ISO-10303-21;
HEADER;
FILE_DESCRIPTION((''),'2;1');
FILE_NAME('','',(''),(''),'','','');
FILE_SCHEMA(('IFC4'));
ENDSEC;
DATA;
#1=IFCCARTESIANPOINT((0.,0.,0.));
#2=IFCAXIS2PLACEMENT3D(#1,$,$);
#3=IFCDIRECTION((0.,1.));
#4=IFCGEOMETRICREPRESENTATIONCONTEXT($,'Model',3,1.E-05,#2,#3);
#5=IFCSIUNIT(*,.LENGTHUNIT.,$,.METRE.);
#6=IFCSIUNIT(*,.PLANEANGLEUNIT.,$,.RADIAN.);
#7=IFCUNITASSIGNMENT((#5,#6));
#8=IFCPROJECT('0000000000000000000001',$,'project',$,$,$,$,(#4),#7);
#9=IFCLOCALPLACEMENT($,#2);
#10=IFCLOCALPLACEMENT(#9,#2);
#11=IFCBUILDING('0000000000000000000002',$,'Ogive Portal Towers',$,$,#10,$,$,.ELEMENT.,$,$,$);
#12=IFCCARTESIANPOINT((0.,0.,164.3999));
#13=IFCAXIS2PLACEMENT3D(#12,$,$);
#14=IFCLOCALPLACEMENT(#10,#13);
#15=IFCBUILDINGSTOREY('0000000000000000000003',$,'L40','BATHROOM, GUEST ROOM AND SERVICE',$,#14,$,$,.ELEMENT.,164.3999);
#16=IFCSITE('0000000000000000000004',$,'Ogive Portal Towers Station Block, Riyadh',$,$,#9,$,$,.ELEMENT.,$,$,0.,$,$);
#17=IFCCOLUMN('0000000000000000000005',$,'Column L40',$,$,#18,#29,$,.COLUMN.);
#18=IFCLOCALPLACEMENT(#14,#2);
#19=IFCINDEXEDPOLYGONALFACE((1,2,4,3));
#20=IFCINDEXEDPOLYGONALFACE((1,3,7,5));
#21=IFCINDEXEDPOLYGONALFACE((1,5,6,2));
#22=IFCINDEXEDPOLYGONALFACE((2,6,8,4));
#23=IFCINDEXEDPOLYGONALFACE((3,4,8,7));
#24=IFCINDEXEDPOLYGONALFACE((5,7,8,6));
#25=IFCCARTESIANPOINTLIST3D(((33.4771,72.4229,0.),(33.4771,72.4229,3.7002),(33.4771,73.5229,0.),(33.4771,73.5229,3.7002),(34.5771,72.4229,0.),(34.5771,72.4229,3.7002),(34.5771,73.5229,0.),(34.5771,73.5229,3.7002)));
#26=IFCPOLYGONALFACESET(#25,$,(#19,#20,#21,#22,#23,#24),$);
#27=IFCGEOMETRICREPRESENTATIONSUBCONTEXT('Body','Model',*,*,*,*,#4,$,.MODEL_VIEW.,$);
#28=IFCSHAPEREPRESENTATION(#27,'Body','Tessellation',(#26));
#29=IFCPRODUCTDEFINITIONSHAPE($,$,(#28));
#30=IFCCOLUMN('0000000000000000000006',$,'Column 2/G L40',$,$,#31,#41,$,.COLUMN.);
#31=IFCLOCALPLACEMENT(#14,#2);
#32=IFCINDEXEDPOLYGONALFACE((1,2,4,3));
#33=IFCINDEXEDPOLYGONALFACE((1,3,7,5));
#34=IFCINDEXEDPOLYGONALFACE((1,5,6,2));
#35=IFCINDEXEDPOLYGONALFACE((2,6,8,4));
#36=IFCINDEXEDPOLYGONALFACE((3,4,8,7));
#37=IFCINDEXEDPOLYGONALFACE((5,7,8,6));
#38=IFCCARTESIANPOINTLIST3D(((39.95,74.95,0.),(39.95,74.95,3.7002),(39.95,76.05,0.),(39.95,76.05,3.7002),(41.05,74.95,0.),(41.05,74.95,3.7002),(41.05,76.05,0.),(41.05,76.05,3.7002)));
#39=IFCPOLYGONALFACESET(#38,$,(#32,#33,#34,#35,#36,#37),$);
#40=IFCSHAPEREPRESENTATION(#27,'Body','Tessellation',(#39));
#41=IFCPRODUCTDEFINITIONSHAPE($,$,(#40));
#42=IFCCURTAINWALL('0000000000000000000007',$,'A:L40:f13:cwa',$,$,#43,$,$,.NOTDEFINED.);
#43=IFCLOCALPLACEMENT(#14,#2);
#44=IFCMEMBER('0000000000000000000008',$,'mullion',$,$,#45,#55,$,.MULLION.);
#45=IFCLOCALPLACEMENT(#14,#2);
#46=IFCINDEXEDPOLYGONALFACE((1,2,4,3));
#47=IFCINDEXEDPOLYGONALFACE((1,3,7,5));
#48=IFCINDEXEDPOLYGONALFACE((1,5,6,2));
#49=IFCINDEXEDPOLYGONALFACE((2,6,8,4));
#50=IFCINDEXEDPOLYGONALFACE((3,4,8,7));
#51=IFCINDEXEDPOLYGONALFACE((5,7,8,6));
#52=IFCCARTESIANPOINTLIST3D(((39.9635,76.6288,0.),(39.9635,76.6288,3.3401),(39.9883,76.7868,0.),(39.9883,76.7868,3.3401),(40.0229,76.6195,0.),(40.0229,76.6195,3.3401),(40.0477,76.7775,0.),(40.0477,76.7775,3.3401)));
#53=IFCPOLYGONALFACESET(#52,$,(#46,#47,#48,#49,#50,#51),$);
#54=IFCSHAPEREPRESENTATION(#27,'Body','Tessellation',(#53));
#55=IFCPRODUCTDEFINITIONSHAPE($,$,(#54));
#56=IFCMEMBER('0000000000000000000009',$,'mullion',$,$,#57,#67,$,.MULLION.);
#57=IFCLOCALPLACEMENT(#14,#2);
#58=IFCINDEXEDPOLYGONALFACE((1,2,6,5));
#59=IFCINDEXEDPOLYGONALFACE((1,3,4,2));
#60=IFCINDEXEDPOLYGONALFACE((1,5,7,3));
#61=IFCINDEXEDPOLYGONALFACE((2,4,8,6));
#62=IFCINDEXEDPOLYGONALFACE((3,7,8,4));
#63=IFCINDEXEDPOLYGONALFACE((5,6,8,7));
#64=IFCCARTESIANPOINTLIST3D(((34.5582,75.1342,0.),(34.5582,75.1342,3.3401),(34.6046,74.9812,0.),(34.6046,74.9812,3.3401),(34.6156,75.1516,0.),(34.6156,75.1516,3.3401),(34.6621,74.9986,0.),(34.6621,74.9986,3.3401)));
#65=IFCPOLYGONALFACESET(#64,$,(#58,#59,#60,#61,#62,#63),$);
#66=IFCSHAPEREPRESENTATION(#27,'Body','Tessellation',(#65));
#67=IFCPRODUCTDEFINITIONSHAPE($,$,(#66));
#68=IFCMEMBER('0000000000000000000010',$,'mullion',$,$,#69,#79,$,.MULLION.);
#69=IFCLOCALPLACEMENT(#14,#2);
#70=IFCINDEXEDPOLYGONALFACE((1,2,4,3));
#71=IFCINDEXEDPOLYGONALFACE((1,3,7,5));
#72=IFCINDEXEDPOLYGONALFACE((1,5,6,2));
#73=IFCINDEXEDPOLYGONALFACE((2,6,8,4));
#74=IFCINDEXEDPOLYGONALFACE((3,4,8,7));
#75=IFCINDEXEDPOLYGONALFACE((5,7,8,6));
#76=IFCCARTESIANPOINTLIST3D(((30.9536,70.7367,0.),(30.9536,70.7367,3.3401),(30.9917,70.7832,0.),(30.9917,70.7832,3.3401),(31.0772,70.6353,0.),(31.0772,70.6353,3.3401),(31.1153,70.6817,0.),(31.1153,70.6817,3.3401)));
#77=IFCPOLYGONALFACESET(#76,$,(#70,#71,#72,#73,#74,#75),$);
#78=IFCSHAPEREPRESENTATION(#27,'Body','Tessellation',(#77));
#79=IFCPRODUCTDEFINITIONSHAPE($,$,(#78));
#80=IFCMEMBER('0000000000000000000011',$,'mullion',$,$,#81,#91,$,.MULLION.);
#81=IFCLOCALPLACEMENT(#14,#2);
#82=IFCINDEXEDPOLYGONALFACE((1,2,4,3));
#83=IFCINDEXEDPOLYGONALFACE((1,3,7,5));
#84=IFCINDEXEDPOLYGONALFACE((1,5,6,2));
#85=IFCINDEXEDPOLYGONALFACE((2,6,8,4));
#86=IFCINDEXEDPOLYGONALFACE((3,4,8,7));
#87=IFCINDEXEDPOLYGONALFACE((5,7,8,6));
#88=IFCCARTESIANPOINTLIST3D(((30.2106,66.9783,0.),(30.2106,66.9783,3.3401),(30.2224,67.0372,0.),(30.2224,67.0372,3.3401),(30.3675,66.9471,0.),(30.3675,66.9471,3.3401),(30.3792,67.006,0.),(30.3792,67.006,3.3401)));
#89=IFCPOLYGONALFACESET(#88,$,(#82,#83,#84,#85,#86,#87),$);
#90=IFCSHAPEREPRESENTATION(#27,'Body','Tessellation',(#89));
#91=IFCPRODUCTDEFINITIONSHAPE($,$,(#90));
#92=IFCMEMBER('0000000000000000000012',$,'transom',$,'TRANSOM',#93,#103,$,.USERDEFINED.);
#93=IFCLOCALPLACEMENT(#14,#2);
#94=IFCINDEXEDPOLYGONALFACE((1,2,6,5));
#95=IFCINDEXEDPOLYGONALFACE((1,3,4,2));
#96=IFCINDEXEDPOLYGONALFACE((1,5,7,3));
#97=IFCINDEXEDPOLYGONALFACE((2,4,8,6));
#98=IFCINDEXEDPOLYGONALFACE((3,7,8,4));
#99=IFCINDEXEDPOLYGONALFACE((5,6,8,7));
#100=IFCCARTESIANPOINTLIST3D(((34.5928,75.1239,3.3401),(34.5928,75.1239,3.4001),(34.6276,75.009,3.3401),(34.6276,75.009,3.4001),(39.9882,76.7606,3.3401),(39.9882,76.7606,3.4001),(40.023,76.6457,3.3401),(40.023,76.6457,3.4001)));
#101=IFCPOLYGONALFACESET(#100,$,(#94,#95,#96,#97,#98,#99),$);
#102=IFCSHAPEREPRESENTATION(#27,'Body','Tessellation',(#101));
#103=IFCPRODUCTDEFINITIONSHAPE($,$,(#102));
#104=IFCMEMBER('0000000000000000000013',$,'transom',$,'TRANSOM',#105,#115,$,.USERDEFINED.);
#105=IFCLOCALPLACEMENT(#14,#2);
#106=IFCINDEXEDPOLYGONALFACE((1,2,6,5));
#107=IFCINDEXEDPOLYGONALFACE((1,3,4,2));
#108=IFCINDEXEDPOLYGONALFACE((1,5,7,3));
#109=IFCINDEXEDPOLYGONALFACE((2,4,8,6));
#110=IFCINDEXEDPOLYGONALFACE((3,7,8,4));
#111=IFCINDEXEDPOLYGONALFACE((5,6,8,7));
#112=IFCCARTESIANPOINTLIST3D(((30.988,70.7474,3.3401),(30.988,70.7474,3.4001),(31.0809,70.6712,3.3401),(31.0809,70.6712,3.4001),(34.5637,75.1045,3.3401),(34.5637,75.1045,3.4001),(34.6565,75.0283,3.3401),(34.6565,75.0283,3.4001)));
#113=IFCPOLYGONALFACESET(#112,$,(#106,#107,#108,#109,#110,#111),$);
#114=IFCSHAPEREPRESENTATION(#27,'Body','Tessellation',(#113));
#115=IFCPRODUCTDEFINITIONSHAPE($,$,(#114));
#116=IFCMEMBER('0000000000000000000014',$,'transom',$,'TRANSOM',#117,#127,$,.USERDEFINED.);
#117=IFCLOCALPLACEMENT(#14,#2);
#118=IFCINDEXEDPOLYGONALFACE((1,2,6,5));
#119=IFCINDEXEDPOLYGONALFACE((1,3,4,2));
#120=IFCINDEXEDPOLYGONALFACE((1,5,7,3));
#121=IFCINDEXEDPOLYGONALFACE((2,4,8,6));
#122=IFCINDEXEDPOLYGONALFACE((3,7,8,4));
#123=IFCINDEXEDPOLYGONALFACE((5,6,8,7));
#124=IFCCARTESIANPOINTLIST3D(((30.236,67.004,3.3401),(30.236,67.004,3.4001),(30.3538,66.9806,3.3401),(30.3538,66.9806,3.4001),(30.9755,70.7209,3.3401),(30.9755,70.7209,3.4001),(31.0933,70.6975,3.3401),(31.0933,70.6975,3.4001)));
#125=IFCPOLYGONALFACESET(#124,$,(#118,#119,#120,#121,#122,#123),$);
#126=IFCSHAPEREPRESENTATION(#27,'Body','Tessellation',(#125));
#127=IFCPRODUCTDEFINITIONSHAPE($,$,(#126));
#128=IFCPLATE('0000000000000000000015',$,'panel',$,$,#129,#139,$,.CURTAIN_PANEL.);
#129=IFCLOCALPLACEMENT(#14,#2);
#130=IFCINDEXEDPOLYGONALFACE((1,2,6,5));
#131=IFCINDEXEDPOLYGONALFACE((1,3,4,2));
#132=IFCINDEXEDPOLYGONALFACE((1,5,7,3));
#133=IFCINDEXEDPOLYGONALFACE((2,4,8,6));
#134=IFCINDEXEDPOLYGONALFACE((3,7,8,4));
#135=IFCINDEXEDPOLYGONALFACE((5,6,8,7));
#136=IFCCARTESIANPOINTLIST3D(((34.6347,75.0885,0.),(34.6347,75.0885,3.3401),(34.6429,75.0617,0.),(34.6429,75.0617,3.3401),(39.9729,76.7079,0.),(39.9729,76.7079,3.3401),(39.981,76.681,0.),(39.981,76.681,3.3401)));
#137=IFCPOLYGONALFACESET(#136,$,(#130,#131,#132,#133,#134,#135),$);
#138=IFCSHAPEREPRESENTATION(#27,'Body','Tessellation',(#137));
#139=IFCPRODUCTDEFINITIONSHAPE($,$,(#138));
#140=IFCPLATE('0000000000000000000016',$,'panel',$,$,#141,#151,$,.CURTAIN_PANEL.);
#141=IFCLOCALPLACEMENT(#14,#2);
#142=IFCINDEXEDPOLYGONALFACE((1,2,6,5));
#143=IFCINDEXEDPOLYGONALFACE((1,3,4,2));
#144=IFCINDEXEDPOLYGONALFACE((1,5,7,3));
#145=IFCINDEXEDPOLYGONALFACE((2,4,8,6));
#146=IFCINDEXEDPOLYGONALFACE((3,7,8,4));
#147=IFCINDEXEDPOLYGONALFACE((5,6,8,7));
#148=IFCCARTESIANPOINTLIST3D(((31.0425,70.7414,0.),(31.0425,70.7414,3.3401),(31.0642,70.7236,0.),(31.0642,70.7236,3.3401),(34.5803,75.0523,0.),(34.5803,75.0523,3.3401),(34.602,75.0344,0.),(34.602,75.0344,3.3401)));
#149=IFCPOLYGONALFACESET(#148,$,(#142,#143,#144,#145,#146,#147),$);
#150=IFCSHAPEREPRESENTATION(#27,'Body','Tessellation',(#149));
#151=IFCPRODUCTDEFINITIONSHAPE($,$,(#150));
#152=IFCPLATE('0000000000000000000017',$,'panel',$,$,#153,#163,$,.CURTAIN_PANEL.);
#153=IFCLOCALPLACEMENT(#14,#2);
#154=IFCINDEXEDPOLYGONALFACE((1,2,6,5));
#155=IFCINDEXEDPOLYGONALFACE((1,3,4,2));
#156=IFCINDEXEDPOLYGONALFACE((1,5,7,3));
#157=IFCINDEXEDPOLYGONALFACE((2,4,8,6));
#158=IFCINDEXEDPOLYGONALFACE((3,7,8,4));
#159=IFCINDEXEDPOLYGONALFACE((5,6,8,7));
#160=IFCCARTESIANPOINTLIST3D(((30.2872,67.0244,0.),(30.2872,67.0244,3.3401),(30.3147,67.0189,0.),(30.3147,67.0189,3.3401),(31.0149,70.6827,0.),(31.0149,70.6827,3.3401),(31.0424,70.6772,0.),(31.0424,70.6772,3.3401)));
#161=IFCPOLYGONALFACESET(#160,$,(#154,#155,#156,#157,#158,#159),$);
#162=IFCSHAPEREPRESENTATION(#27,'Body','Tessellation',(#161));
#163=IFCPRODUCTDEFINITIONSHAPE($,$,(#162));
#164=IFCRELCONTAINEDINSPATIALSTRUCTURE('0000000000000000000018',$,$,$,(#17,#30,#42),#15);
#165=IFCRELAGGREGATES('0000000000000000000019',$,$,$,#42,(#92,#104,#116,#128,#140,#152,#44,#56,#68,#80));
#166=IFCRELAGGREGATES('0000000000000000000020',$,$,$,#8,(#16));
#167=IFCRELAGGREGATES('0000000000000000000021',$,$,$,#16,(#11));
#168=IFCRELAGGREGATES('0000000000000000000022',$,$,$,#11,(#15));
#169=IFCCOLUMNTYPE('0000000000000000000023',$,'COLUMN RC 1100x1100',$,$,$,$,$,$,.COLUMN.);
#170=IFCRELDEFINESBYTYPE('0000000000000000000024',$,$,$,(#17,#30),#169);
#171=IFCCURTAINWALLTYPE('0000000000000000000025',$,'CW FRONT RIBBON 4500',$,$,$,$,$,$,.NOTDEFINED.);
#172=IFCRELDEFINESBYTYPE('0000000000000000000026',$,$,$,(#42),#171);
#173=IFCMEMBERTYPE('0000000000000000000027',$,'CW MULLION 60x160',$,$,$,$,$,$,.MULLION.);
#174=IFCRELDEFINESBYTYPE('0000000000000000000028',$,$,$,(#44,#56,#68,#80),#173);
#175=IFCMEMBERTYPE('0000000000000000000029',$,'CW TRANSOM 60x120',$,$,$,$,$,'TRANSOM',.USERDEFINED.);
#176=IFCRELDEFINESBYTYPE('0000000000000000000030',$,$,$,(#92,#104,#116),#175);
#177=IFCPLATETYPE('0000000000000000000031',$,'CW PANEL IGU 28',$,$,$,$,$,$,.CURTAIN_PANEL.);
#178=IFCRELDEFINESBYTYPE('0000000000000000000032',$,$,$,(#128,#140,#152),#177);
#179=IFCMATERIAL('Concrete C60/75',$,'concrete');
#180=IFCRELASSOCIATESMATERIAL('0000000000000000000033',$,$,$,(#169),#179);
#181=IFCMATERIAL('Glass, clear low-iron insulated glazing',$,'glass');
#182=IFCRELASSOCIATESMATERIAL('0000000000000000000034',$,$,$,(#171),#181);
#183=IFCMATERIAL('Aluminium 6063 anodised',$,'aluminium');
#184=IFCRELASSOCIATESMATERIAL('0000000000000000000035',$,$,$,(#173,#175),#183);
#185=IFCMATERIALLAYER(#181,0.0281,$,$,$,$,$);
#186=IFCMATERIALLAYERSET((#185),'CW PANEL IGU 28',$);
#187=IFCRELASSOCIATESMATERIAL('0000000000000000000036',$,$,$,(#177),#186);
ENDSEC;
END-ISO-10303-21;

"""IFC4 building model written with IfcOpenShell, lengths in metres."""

from ifc_helpers import new_model, si_unit, direction, frame, origin, origin_2d, place, context, subcontext, project, spatial, rectangle, extrude, material, layer, layer_set, material_profile, profile_set, type_object, element, aggregate, save


model = new_model("IFC4")

# Units and contexts
model_context = context("Model", 3, precision=1e-05, world=origin(), true_north=direction((0.0, 1.0)))
body_context = subcontext(model_context, "Body", "Model", "MODEL_VIEW")
ifc_project = project(units=[si_unit("LENGTHUNIT", "METRE"), si_unit("PLANEANGLEUNIT", "RADIAN")], contexts=[model_context])

# Site, building, storey
site_placement = place(None, origin())
site = spatial("IfcSite", under=ifc_project, at=site_placement, Name="Ogive Portal Towers Station Block, Riyadh", CompositionType="ELEMENT", RefElevation=0.0)
building_placement = place(site_placement, origin())
building = spatial("IfcBuilding", under=site, at=building_placement, Name="Ogive Portal Towers", CompositionType="ELEMENT")
storey_placement = place(building_placement, frame((0.0, 0.0, 164.3999)))
storey = spatial("IfcBuildingStorey", under=building, at=storey_placement, Name="L40", Description="BATHROOM, GUEST ROOM AND SERVICE", CompositionType="ELEMENT", Elevation=164.3999)

# Columns
ifc_material_1 = material(Name="Concrete C60/75", Category="concrete")
ifc_material_profile_1 = material_profile(ifc_material_1, rectangle(XDim=1.1001, YDim=1.1001, at=origin_2d()), Name="RC 1100x1100")
ifc_profile_set_1 = profile_set([ifc_material_profile_1], Name="Concrete C60/75")
column_type = type_object("IfcColumnType", Name="COLUMN RC 1100x1100", PredefinedType="COLUMN", material=ifc_profile_set_1)
for number, where, z_axis, x_axis, name in (
    (1, (34.0271, 72.9729, 0.0), (0.0, 0.0, 1.0), (1.0, 0.0, 0.0), "Column L40"),
    (2, (40.5, 75.5, 0.0), (0.0, 0.0, 1.0), (1.0, 0.0, 0.0), "Column 2/G L40"),
):
    element("IfcColumn", number, at=place(storey_placement, frame(where, z_axis=z_axis, x_axis=x_axis)), inside=storey, type_object=column_type, Name=name, PredefinedType="COLUMN", context=body_context, shape_type="SweptSolid", body=[
        extrude(rectangle(XDim=1.1001, YDim=1.1001, at=origin_2d()), origin(), (0.0, 0.0, 1.0), 3.7002),
    ])

# Curtain wall, members, plates
ifc_material_2 = material(Name="Glass, clear low-iron insulated glazing", Category="glass")
curtain_wall_type = type_object("IfcCurtainWallType", Name="CW FRONT RIBBON 4500", PredefinedType="NOTDEFINED", material=ifc_material_2)
curtain_wall_placement = place(storey_placement, origin())
curtain_wall = element("IfcCurtainWall", 3, at=curtain_wall_placement, inside=storey, type_object=curtain_wall_type, Name="A:L40:f13:cwa", PredefinedType="NOTDEFINED")
ifc_material_3 = material(Name="Aluminium 6063 anodised", Category="aluminium")
ifc_material_profile_2 = material_profile(ifc_material_3, rectangle(XDim=0.1599, YDim=0.0601, at=origin_2d()), Name="AL 60x160")
ifc_profile_set_2 = profile_set([ifc_material_profile_2], Name="Aluminium 6063 anodised")
member_type_1 = type_object("IfcMemberType", Name="CW MULLION 60x160", PredefinedType="MULLION", material=ifc_profile_set_2)
member_1_placement = place(storey_placement, frame((40.0056, 76.7031, 0.0), z_axis=(0.0, 0.0, 1.0), x_axis=(-0.155089, -0.987901, 0.0)))
member_1 = element("IfcMember", 4, at=member_1_placement, type_object=member_type_1, Name="mullion", PredefinedType="MULLION", context=body_context, shape_type="SweptSolid", body=[
    extrude(rectangle(XDim=0.1599, YDim=0.0601, at=origin_2d()), origin(), (0.0, 0.0, 1.0), 3.3401),
])
member_2_placement = place(storey_placement, frame((34.6101, 75.0664, 0.0), z_axis=(0.0, 0.0, 1.0), x_axis=(0.290285, -0.95694, 0.0)))
member_2 = element("IfcMember", 5, at=member_2_placement, type_object=member_type_1, Name="mullion", PredefinedType="MULLION", context=body_context, shape_type="SweptSolid", body=[
    extrude(rectangle(XDim=0.1599, YDim=0.0601, at=origin_2d()), origin(), (0.0, 0.0, 1.0), 3.3401),
])
member_3_placement = place(storey_placement, frame((31.0344, 70.7092, 0.0), z_axis=(0.0, 0.0, 1.0), x_axis=(0.77301, -0.634393, 0.0)))
member_3 = element("IfcMember", 6, at=member_3_placement, type_object=member_type_1, Name="mullion", PredefinedType="MULLION", context=body_context, shape_type="SweptSolid", body=[
    extrude(rectangle(XDim=0.1599, YDim=0.0601, at=origin_2d()), origin(), (0.0, 0.0, 1.0), 3.3401),
])
member_4_placement = place(storey_placement, frame((30.2949, 66.9922, 0.0), z_axis=(0.0, 0.0, 1.0), x_axis=(0.980785, -0.19509, 0.0)))
member_4 = element("IfcMember", 7, at=member_4_placement, type_object=member_type_1, Name="mullion", PredefinedType="MULLION", context=body_context, shape_type="SweptSolid", body=[
    extrude(rectangle(XDim=0.1599, YDim=0.0601, at=origin_2d()), origin(), (0.0, 0.0, 1.0), 3.3401),
])
ifc_material_profile_3 = material_profile(ifc_material_3, rectangle(XDim=0.1201, YDim=0.0601, at=origin_2d()), Name="AL 120x60")
ifc_profile_set_3 = profile_set([ifc_material_profile_3], Name="Aluminium 6063 anodised")
member_type_2 = type_object("IfcMemberType", Name="CW TRANSOM 60x120", ElementType="TRANSOM", PredefinedType="USERDEFINED", material=ifc_profile_set_3)
member_5_placement = place(storey_placement, frame((40.0056, 76.7031, 3.3701), z_axis=(-0.95694, -0.290286, 0.0), x_axis=(0.290286, -0.95694, 0.0)))
member_5 = element("IfcMember", 8, at=member_5_placement, type_object=member_type_2, Name="transom", ObjectType="TRANSOM", PredefinedType="USERDEFINED", context=body_context, shape_type="SweptSolid", body=[
    extrude(rectangle(XDim=0.1201, YDim=0.0601, at=origin_2d()), origin(), (0.0, 0.0, 1.0), 5.6382),
])
member_6_placement = place(storey_placement, frame((34.6101, 75.0664, 3.3701), z_axis=(-0.634376, -0.773024, 0.0), x_axis=(0.773024, -0.634376, 0.0)))
member_6 = element("IfcMember", 9, at=member_6_placement, type_object=member_type_2, Name="transom", ObjectType="TRANSOM", PredefinedType="USERDEFINED", context=body_context, shape_type="SweptSolid", body=[
    extrude(rectangle(XDim=0.1201, YDim=0.0601, at=origin_2d()), origin(), (0.0, 0.0, 1.0), 5.6365),
])
member_7_placement = place(storey_placement, frame((31.0344, 70.7092, 3.3701), z_axis=(-0.195125, -0.980778, 0.0), x_axis=(0.980778, -0.195125, 0.0)))
member_7 = element("IfcMember", 10, at=member_7_placement, type_object=member_type_2, Name="transom", ObjectType="TRANSOM", PredefinedType="USERDEFINED", context=body_context, shape_type="SweptSolid", body=[
    extrude(rectangle(XDim=0.1201, YDim=0.0601, at=origin_2d()), origin(), (0.0, 0.0, 1.0), 3.7898),
])
ifc_layer_1 = layer(ifc_material_2, 0.0281)
ifc_layer_set_1 = layer_set([ifc_layer_1], Name="CW PANEL IGU 28")
plate_type = type_object("IfcPlateType", Name="CW PANEL IGU 28", PredefinedType="CURTAIN_PANEL", material=ifc_layer_set_1)
plate_1_placement = place(storey_placement, frame((37.3079, 75.8848, 0.0), z_axis=(0.0, 0.0, 1.0), x_axis=(-0.95694, -0.290285, 0.0)))
plate_1 = element("IfcPlate", 11, at=plate_1_placement, type_object=plate_type, Name="panel", PredefinedType="CURTAIN_PANEL", context=body_context, shape_type="SweptSolid", body=[
    extrude(rectangle(XDim=5.5784, YDim=0.0281, at=origin_2d()), origin(), (0.0, 0.0, 1.0), 3.3401),
])
plate_2_placement = place(storey_placement, frame((32.8223, 72.8879, 0.0), z_axis=(0.0, 0.0, 1.0), x_axis=(-0.634393, -0.77301, 0.0)))
plate_2 = element("IfcPlate", 12, at=plate_2_placement, type_object=plate_type, Name="panel", PredefinedType="CURTAIN_PANEL", context=body_context, shape_type="SweptSolid", body=[
    extrude(rectangle(XDim=5.5767, YDim=0.0281, at=origin_2d()), origin(), (0.0, 0.0, 1.0), 3.3401),
])
plate_3_placement = place(storey_placement, frame((30.6648, 68.8508, 0.0), z_axis=(0.0, 0.0, 1.0), x_axis=(-0.19509, -0.980785, 0.0)))
plate_3 = element("IfcPlate", 13, at=plate_3_placement, type_object=plate_type, Name="panel", PredefinedType="CURTAIN_PANEL", context=body_context, shape_type="SweptSolid", body=[
    extrude(rectangle(XDim=3.73, YDim=0.0281, at=origin_2d()), origin(), (0.0, 0.0, 1.0), 3.3401),
])
aggregate(curtain_wall, [member_5, member_6, member_7, plate_1, plate_2, plate_3, member_1, member_2, member_3, member_4])

save(model, "model.ifc")
